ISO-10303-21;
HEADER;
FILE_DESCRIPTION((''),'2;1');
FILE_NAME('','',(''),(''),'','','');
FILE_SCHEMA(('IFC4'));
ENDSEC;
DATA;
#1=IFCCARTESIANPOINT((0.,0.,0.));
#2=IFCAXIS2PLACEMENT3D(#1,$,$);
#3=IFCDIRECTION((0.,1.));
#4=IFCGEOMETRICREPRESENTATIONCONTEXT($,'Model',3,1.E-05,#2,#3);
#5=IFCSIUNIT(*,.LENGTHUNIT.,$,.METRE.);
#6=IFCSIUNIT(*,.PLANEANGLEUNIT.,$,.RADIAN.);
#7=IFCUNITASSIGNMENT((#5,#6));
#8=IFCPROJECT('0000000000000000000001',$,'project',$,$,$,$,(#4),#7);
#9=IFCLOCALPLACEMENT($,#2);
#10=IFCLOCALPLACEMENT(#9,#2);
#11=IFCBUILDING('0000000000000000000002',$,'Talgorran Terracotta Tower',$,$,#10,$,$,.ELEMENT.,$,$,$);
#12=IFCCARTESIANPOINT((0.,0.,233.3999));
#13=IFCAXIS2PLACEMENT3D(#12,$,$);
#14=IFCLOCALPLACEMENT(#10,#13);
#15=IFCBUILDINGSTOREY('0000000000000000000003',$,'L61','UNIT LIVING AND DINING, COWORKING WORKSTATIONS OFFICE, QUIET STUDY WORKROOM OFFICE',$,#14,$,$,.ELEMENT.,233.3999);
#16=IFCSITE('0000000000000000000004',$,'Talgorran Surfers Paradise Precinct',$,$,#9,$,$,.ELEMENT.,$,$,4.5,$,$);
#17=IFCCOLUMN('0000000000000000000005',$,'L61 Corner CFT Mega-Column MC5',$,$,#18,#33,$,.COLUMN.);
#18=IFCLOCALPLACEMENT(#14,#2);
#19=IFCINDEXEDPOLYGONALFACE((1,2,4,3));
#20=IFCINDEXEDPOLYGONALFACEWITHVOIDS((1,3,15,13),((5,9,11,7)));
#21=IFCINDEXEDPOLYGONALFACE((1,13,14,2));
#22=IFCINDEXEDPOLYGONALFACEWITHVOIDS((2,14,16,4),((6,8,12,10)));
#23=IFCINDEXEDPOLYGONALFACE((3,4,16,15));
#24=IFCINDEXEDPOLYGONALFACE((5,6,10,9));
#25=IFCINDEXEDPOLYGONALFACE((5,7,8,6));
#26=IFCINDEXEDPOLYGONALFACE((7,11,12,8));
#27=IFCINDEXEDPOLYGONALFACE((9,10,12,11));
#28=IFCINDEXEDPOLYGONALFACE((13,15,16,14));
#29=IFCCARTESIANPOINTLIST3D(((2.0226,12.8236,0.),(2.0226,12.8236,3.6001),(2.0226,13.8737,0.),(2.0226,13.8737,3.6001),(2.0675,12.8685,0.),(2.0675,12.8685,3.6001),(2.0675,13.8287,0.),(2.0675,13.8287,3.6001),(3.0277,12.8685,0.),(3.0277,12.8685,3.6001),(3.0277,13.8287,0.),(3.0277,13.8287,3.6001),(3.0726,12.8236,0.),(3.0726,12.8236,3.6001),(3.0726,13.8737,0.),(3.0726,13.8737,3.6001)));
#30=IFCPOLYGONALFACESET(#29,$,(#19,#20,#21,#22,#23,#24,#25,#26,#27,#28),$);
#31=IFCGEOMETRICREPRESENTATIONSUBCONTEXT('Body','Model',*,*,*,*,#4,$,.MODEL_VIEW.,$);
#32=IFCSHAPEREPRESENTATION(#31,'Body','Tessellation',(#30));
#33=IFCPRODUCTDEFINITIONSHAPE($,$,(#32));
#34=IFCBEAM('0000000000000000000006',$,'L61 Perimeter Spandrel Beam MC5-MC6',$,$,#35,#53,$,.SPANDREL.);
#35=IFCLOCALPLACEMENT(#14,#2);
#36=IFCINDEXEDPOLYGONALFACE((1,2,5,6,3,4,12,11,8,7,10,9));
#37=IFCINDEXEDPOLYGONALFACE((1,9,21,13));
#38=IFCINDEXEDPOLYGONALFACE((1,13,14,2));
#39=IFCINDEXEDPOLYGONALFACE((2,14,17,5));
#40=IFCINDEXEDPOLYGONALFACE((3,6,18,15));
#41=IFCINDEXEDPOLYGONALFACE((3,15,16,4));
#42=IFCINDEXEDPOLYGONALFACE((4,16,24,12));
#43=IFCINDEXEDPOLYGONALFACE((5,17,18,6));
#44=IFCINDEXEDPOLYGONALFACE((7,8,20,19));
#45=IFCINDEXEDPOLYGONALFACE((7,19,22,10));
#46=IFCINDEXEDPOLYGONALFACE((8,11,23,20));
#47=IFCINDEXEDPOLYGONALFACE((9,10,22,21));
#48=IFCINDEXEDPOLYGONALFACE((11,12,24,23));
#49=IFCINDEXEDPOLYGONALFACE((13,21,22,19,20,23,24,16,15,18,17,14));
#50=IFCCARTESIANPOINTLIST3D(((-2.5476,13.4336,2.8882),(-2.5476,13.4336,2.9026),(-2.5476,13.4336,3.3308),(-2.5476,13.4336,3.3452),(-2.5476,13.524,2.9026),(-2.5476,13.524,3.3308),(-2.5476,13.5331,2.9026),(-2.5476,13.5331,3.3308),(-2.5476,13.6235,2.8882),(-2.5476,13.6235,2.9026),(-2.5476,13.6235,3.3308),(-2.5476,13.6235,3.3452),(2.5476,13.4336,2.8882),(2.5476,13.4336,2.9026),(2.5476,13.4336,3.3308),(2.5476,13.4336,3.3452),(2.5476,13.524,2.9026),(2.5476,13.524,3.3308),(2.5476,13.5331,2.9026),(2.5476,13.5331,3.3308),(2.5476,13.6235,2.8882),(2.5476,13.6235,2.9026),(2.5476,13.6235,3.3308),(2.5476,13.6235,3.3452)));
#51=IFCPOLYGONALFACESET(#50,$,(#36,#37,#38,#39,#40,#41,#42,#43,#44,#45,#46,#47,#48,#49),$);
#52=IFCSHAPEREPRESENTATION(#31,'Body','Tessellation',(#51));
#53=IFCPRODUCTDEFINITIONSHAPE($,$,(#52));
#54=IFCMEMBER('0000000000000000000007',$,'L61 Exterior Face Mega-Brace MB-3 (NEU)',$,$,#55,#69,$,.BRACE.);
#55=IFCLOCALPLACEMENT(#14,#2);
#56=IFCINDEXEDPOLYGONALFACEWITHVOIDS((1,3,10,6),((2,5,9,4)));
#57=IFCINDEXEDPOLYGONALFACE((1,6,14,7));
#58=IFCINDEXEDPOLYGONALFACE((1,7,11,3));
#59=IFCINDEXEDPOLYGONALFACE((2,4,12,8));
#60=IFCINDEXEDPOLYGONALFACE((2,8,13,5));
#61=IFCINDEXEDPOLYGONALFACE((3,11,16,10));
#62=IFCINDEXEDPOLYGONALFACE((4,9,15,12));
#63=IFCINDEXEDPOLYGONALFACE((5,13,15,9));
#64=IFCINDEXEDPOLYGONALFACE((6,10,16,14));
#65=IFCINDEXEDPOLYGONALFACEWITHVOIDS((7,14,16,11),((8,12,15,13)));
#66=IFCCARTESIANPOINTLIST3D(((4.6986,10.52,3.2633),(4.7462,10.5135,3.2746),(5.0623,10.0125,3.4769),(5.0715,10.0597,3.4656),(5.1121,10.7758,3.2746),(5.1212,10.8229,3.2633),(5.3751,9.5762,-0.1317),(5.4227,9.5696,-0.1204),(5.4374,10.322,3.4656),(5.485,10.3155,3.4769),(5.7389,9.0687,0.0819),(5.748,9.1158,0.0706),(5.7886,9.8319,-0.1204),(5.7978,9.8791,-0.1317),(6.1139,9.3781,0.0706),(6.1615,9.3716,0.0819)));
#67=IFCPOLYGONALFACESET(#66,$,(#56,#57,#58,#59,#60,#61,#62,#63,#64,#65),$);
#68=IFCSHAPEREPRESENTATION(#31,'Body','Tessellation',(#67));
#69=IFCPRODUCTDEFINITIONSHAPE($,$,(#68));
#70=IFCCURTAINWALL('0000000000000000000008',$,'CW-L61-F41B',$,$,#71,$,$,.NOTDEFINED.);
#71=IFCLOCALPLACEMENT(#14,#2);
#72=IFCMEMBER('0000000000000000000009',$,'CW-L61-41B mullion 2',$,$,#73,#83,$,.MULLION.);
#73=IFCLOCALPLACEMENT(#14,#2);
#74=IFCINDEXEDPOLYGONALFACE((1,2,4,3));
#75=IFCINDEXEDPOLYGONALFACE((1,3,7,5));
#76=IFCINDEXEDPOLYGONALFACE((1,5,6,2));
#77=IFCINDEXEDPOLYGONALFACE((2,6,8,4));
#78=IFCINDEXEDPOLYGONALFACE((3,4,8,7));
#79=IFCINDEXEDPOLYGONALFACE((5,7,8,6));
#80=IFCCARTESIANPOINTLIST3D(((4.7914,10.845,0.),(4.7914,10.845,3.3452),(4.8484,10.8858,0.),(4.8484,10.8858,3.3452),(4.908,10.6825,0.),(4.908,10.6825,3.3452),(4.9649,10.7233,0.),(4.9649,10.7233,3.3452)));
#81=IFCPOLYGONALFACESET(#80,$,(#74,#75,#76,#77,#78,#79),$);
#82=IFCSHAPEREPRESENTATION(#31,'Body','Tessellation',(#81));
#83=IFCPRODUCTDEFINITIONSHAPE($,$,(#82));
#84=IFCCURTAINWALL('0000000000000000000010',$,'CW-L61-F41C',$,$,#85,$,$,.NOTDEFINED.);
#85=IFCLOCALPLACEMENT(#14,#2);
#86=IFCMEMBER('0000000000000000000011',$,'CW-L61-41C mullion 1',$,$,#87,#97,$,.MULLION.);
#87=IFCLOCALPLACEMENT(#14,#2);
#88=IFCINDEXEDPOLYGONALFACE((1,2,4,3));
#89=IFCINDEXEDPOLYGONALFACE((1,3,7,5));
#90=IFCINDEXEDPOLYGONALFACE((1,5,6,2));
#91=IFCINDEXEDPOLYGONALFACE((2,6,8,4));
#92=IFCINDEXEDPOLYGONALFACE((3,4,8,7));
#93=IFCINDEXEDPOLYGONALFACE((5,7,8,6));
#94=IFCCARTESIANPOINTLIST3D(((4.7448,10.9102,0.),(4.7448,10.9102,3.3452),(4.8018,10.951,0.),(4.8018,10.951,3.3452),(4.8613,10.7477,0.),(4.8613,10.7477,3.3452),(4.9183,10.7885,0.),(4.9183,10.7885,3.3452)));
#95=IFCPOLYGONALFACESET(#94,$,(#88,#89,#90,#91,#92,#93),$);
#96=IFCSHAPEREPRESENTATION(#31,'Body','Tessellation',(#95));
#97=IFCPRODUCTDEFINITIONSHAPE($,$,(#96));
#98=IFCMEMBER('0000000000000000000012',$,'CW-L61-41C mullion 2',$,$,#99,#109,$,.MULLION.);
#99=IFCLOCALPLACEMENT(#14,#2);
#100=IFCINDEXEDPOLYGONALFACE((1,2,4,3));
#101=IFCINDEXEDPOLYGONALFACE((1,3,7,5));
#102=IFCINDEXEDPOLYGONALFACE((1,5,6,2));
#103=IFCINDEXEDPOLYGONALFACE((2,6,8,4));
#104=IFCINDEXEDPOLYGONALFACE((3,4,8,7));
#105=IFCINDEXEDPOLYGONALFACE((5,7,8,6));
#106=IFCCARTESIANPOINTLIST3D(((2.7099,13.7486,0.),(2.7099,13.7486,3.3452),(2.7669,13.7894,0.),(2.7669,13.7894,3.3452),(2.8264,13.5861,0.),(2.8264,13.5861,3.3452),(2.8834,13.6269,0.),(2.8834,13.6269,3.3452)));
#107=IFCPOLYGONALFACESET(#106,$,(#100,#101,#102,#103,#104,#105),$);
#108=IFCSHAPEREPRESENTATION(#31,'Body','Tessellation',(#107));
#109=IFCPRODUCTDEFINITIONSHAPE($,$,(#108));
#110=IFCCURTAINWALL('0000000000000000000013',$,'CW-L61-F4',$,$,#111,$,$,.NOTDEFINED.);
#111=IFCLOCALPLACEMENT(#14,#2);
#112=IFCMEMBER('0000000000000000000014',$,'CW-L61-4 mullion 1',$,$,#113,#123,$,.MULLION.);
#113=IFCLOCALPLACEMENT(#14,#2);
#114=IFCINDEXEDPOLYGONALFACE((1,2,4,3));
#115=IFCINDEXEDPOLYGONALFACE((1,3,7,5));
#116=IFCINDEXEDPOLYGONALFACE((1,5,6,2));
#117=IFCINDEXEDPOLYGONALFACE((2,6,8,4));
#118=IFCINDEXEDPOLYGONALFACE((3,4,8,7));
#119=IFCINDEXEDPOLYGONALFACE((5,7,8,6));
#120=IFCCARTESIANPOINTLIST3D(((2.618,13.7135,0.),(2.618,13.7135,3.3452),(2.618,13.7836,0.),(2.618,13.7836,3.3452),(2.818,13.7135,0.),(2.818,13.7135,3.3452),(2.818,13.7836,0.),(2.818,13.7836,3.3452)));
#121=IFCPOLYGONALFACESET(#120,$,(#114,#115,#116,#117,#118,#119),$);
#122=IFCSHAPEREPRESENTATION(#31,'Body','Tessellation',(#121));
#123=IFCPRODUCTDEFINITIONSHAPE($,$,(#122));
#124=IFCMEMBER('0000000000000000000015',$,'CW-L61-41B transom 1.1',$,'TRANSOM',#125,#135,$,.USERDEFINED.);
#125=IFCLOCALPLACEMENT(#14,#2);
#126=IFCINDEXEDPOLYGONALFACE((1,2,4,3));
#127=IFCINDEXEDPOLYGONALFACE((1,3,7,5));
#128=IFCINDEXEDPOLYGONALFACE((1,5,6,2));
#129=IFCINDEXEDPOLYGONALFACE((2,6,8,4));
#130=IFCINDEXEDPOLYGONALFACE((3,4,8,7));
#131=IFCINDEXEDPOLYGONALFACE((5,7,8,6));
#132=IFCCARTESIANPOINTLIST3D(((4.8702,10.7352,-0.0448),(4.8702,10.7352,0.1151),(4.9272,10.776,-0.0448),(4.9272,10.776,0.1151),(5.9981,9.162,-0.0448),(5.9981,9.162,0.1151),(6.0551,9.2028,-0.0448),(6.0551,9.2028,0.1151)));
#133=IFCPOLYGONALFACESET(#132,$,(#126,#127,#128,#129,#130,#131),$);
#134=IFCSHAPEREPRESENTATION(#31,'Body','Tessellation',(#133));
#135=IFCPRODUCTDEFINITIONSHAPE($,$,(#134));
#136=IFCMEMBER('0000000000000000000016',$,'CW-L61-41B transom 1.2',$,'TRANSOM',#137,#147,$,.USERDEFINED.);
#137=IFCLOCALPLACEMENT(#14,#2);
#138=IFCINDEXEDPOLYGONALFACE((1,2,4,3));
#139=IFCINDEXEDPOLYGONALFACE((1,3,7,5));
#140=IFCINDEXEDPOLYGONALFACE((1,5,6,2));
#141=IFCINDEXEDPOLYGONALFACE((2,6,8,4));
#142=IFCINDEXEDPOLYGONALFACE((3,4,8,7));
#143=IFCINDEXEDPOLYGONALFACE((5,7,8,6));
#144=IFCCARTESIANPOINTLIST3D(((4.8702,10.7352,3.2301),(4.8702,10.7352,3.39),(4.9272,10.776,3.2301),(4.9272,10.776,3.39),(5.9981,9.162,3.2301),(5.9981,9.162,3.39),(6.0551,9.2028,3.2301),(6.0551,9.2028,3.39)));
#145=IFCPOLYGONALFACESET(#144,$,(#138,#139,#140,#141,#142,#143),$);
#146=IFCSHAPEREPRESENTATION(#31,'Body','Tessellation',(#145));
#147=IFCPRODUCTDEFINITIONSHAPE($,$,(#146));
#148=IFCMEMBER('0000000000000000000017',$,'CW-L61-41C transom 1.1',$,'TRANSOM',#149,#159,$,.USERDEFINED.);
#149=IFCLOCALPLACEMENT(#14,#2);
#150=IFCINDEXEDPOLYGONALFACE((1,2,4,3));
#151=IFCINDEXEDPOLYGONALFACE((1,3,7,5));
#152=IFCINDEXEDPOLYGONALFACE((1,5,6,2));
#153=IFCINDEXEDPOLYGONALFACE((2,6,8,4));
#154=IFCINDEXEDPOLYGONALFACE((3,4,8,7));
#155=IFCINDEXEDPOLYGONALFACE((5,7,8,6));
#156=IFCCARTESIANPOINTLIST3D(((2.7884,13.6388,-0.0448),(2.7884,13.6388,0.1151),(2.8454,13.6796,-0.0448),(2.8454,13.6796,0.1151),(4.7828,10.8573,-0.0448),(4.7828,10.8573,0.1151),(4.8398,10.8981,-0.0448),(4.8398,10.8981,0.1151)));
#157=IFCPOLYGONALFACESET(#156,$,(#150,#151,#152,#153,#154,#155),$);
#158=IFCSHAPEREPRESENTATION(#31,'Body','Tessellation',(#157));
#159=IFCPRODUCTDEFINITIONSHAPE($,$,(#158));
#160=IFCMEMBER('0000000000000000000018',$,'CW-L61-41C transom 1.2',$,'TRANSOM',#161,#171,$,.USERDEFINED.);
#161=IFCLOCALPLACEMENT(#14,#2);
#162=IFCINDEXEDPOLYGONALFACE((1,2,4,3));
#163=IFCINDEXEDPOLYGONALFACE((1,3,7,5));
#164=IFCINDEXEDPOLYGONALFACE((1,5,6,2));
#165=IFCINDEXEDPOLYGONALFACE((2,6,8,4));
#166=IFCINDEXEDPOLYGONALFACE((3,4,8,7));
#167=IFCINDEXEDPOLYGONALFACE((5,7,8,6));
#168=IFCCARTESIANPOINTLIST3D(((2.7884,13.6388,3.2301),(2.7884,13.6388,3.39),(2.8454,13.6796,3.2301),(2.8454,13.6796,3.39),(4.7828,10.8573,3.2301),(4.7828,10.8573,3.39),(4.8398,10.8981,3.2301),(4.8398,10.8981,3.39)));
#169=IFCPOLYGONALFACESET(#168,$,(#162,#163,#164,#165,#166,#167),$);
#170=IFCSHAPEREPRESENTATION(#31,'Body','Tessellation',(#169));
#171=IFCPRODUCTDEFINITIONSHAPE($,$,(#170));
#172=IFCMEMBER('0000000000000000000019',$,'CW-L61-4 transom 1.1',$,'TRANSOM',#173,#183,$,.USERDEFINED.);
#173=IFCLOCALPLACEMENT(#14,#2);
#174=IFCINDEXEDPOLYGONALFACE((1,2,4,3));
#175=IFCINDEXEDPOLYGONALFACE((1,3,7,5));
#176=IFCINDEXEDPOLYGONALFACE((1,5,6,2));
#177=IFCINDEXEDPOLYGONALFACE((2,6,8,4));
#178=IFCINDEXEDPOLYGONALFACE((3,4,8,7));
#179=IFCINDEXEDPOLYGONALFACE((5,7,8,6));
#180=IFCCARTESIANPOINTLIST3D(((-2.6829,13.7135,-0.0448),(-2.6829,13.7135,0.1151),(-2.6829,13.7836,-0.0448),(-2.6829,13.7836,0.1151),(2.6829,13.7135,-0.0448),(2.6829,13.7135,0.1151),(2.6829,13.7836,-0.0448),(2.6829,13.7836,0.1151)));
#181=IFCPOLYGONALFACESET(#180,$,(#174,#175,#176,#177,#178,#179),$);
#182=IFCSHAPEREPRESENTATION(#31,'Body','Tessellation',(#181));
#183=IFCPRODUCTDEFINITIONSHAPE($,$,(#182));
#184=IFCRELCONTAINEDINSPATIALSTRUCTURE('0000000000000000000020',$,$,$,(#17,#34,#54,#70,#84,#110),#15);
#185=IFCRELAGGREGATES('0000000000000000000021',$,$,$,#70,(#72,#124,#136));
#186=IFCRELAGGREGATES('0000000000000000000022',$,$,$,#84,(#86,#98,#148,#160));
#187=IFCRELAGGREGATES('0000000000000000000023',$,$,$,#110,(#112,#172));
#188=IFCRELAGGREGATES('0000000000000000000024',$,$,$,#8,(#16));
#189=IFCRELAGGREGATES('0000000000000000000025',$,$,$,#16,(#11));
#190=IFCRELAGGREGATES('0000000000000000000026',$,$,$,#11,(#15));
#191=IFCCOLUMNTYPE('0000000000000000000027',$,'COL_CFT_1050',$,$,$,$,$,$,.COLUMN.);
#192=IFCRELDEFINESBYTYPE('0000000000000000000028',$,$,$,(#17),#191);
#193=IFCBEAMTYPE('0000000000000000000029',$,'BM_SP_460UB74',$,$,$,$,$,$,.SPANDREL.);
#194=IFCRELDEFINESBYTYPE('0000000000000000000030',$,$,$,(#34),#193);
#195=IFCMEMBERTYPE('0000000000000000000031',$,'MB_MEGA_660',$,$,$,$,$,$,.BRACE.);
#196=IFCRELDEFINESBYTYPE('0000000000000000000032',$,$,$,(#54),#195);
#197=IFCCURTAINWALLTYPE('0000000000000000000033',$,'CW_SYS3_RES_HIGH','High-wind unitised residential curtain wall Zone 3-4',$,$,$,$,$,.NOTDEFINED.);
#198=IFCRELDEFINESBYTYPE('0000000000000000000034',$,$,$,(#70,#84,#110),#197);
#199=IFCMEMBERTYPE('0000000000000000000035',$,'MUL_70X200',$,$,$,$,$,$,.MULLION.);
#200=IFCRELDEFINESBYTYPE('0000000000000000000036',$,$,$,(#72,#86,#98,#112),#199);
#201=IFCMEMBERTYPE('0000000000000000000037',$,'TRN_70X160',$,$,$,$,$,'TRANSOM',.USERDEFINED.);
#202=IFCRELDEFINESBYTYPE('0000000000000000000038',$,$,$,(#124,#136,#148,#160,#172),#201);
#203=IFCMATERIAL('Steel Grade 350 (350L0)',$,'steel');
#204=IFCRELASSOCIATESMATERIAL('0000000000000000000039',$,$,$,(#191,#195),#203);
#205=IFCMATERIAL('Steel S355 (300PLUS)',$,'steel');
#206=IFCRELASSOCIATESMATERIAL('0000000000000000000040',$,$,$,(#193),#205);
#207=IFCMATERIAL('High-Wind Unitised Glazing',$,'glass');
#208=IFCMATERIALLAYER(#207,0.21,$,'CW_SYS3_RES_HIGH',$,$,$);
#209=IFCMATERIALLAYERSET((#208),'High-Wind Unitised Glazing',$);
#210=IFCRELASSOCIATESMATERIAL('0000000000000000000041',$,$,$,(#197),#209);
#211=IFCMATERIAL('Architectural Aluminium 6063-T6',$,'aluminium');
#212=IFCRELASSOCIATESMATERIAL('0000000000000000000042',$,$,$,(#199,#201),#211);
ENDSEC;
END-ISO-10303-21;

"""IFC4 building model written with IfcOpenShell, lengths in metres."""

from ifc_helpers import new_model, si_unit, direction, frame, origin, origin_2d, place, context, subcontext, project, spatial, rectangle, hollow_rectangle, i_section, extrude, material, layer, layer_set, material_profile, profile_set, type_object, element, aggregate, save


model = new_model("IFC4")

# Units and contexts
model_context = context("Model", 3, precision=1e-05, world=origin(), true_north=direction((0.0, 1.0)))
body_context = subcontext(model_context, "Body", "Model", "MODEL_VIEW")
ifc_project = project(units=[si_unit("LENGTHUNIT", "METRE"), si_unit("PLANEANGLEUNIT", "RADIAN")], contexts=[model_context])

# Site, building, storey
site_placement = place(None, origin())
site = spatial("IfcSite", under=ifc_project, at=site_placement, Name="Talgorran Surfers Paradise Precinct", CompositionType="ELEMENT", RefElevation=4.5)
building_placement = place(site_placement, origin())
building = spatial("IfcBuilding", under=site, at=building_placement, Name="Talgorran Terracotta Tower", CompositionType="ELEMENT")
storey_placement = place(building_placement, frame((0.0, 0.0, 233.3999)))
storey = spatial("IfcBuildingStorey", under=building, at=storey_placement, Name="L61", Description="UNIT LIVING AND DINING, COWORKING WORKSTATIONS OFFICE, QUIET STUDY WORKROOM OFFICE", CompositionType="ELEMENT", Elevation=233.3999)

# Column
ifc_material_1 = material(Name="Steel Grade 350 (350L0)", Category="steel")
ifc_material_profile_1 = material_profile(ifc_material_1, hollow_rectangle(XDim=1.05, YDim=1.05, WallThickness=0.0449, at=origin_2d()), Name="CFT1050X1050X45")
ifc_profile_set_1 = profile_set([ifc_material_profile_1], Name="Steel Grade 350 (350L0)")
column_type = type_object("IfcColumnType", Name="COL_CFT_1050", PredefinedType="COLUMN", material=ifc_profile_set_1)
column_placement = place(storey_placement, frame((2.5476, 13.3486, 0.0), z_axis=(0.0, 0.0, 1.0), x_axis=(1.0, 0.0, 0.0)))
element("IfcColumn", 1, at=column_placement, inside=storey, type_object=column_type, Name="L61 Corner CFT Mega-Column MC5", PredefinedType="COLUMN", context=body_context, shape_type="SweptSolid", body=[
    extrude(hollow_rectangle(XDim=1.05, YDim=1.05, WallThickness=0.0449, at=origin_2d()), origin(), (0.0, 0.0, 1.0), 3.6001),
])

# Beam
ifc_material_2 = material(Name="Steel S355 (300PLUS)", Category="steel")
ifc_material_profile_2 = material_profile(ifc_material_2, i_section(OverallWidth=0.1899, OverallDepth=0.457, WebThickness=0.009, FlangeThickness=0.0144, at=origin_2d()), Name="460UB74.6")
ifc_profile_set_2 = profile_set([ifc_material_profile_2], Name="Steel S355 (300PLUS)")
beam_type = type_object("IfcBeamType", Name="BM_SP_460UB74", PredefinedType="SPANDREL", material=ifc_profile_set_2)
beam_placement = place(storey_placement, frame((2.5476, 13.5286, 3.1167), z_axis=(-1.0, 0.0, 0.0), x_axis=(0.0, -1.0, 0.0)))
element("IfcBeam", 2, at=beam_placement, inside=storey, type_object=beam_type, Name="L61 Perimeter Spandrel Beam MC5-MC6", PredefinedType="SPANDREL", context=body_context, shape_type="SweptSolid", body=[
    extrude(i_section(OverallWidth=0.1899, OverallDepth=0.457, WebThickness=0.009, FlangeThickness=0.0144, at=origin_2d()), origin(), (0.0, 0.0, 1.0), 5.0952),
])

# Member
ifc_material_profile_3 = material_profile(ifc_material_1, hollow_rectangle(XDim=0.52, YDim=0.6599, WallThickness=0.0349, at=origin_2d()), Name="WBOX660X520X35")
ifc_profile_set_3 = profile_set([ifc_material_profile_3], Name="Steel Grade 350 (350L0)")
member_type_1 = type_object("IfcMemberType", Name="MB_MEGA_660", PredefinedType="BRACE", material=ifc_profile_set_3)
member_1_placement = place(storey_placement, frame((5.7683, 9.4739, -0.0249), z_axis=(-0.188542, 0.263047, 0.946181), x_axis=(-0.812781, -0.58257, 0.0)))
element("IfcMember", 3, at=member_1_placement, inside=storey, type_object=member_type_1, Name="L61 Exterior Face Mega-Brace MB-3 (NEU)", PredefinedType="BRACE", context=body_context, shape_type="SweptSolid", body=[
    extrude(hollow_rectangle(XDim=0.52, YDim=0.6599, WallThickness=0.0349, at=origin_2d()), origin(), (0.0, 0.0, 1.0), 3.5881),
])

# Curtain wall, member
ifc_material_3 = material(Name="High-Wind Unitised Glazing", Category="glass")
ifc_layer_1 = layer(ifc_material_3, 0.21, Name="CW_SYS3_RES_HIGH")
ifc_layer_set_1 = layer_set([ifc_layer_1], Name="High-Wind Unitised Glazing")
curtain_wall_type = type_object("IfcCurtainWallType", Name="CW_SYS3_RES_HIGH", Description="High-wind unitised residential curtain wall Zone 3-4", PredefinedType="NOTDEFINED", material=ifc_layer_set_1)
curtain_wall_1_placement = place(storey_placement, origin())
curtain_wall_1 = element("IfcCurtainWall", 4, at=curtain_wall_1_placement, inside=storey, type_object=curtain_wall_type, Name="CW-L61-F41B", PredefinedType="NOTDEFINED")
ifc_material_4 = material(Name="Architectural Aluminium 6063-T6", Category="aluminium")
ifc_material_profile_4 = material_profile(ifc_material_4, rectangle(XDim=0.0701, YDim=0.2, at=origin_2d()), Name="CWM70X200")
ifc_profile_set_4 = profile_set([ifc_material_profile_4], Name="Architectural Aluminium 6063-T6")
member_type_2 = type_object("IfcMemberType", Name="MUL_70X200", PredefinedType="MULLION", material=ifc_profile_set_4)
member_2_placement = place(storey_placement, frame((4.8782, 10.7842, 0.0), z_axis=(0.0, 0.0, 1.0), x_axis=(-0.8127, -0.582682, 0.0)))
member_2 = element("IfcMember", 5, at=member_2_placement, type_object=member_type_2, Name="CW-L61-41B mullion 2", PredefinedType="MULLION", context=body_context, shape_type="SweptSolid", body=[
    extrude(rectangle(XDim=0.0701, YDim=0.2, at=origin_2d()), origin(), (0.0, 0.0, 1.0), 3.3452),
])

# Curtain wall, members
curtain_wall_2_placement = place(storey_placement, origin())
curtain_wall_2 = element("IfcCurtainWall", 6, at=curtain_wall_2_placement, inside=storey, type_object=curtain_wall_type, Name="CW-L61-F41C", PredefinedType="NOTDEFINED")
member_3_placement = place(storey_placement, frame((4.8315, 10.8494, 0.0), z_axis=(0.0, 0.0, 1.0), x_axis=(-0.812706, -0.582674, 0.0)))
member_3 = element("IfcMember", 7, at=member_3_placement, type_object=member_type_2, Name="CW-L61-41C mullion 1", PredefinedType="MULLION", context=body_context, shape_type="SweptSolid", body=[
    extrude(rectangle(XDim=0.0701, YDim=0.2, at=origin_2d()), origin(), (0.0, 0.0, 1.0), 3.3452),
])
member_4_placement = place(storey_placement, frame((2.7966, 13.6877, 0.0), z_axis=(0.0, 0.0, 1.0), x_axis=(-0.812706, -0.582674, 0.0)))
member_4 = element("IfcMember", 8, at=member_4_placement, type_object=member_type_2, Name="CW-L61-41C mullion 2", PredefinedType="MULLION", context=body_context, shape_type="SweptSolid", body=[
    extrude(rectangle(XDim=0.0701, YDim=0.2, at=origin_2d()), origin(), (0.0, 0.0, 1.0), 3.3452),
])

# Curtain wall, member
curtain_wall_3_placement = place(storey_placement, origin())
curtain_wall_3 = element("IfcCurtainWall", 9, at=curtain_wall_3_placement, inside=storey, type_object=curtain_wall_type, Name="CW-L61-F4", PredefinedType="NOTDEFINED")
member_5_placement = place(storey_placement, frame((2.718, 13.7485, 0.0), z_axis=(0.0, 0.0, 1.0), x_axis=(0.0, -1.0, 0.0)))
member_5 = element("IfcMember", 10, at=member_5_placement, type_object=member_type_2, Name="CW-L61-4 mullion 1", PredefinedType="MULLION", context=body_context, shape_type="SweptSolid", body=[
    extrude(rectangle(XDim=0.0701, YDim=0.2, at=origin_2d()), origin(), (0.0, 0.0, 1.0), 3.3452),
])

# Members
ifc_material_profile_5 = material_profile(ifc_material_4, rectangle(XDim=0.0701, YDim=0.1599, at=origin_2d()), Name="CWT70X160")
ifc_profile_set_5 = profile_set([ifc_material_profile_5], Name="Architectural Aluminium 6063-T6")
member_type_3 = type_object("IfcMemberType", Name="TRN_70X160", ElementType="TRANSOM", PredefinedType="USERDEFINED", material=ifc_profile_set_5)
member_6_placement = place(storey_placement, frame((6.0266, 9.1824, 0.0352), z_axis=(-0.582669, 0.81271, 0.0), x_axis=(-0.81271, -0.582669, 0.0)))
member_6 = element("IfcMember", 11, at=member_6_placement, type_object=member_type_3, Name="CW-L61-41B transom 1.1", ObjectType="TRANSOM", PredefinedType="USERDEFINED", context=body_context, shape_type="SweptSolid", body=[
    extrude(rectangle(XDim=0.0701, YDim=0.1599, at=origin_2d()), origin(), (0.0, 0.0, 1.0), 1.9358),
])
member_7_placement = place(storey_placement, frame((6.0266, 9.1824, 3.3101), z_axis=(-0.582669, 0.81271, 0.0), x_axis=(-0.81271, -0.582669, 0.0)))
member_7 = element("IfcMember", 12, at=member_7_placement, type_object=member_type_3, Name="CW-L61-41B transom 1.2", ObjectType="TRANSOM", PredefinedType="USERDEFINED", context=body_context, shape_type="SweptSolid", body=[
    extrude(rectangle(XDim=0.0701, YDim=0.1599, at=origin_2d()), origin(), (0.0, 0.0, 1.0), 1.9358),
])
member_8_placement = place(storey_placement, frame((4.8113, 10.8777, 0.0352), z_axis=(-0.582708, 0.812681, 0.0), x_axis=(-0.812681, -0.582708, 0.0)))
member_8 = element("IfcMember", 13, at=member_8_placement, type_object=member_type_3, Name="CW-L61-41C transom 1.1", ObjectType="TRANSOM", PredefinedType="USERDEFINED", context=body_context, shape_type="SweptSolid", body=[
    extrude(rectangle(XDim=0.0701, YDim=0.1599, at=origin_2d()), origin(), (0.0, 0.0, 1.0), 3.4226),
])
member_9_placement = place(storey_placement, frame((4.8113, 10.8777, 3.3101), z_axis=(-0.582708, 0.812681, 0.0), x_axis=(-0.812681, -0.582708, 0.0)))
member_9 = element("IfcMember", 14, at=member_9_placement, type_object=member_type_3, Name="CW-L61-41C transom 1.2", ObjectType="TRANSOM", PredefinedType="USERDEFINED", context=body_context, shape_type="SweptSolid", body=[
    extrude(rectangle(XDim=0.0701, YDim=0.1599, at=origin_2d()), origin(), (0.0, 0.0, 1.0), 3.4226),
])
member_10_placement = place(storey_placement, frame((2.6829, 13.7485, 0.0352), z_axis=(-1.0, 0.0, 0.0), x_axis=(0.0, -1.0, 0.0)))
member_10 = element("IfcMember", 15, at=member_10_placement, type_object=member_type_3, Name="CW-L61-4 transom 1.1", ObjectType="TRANSOM", PredefinedType="USERDEFINED", context=body_context, shape_type="SweptSolid", body=[
    extrude(rectangle(XDim=0.0701, YDim=0.1599, at=origin_2d()), origin(), (0.0, 0.0, 1.0), 5.3657),
])

aggregate(curtain_wall_1, [member_2, member_6, member_7])
aggregate(curtain_wall_2, [member_3, member_4, member_8, member_9])
aggregate(curtain_wall_3, [member_5, member_10])

save(model, "model.ifc")
